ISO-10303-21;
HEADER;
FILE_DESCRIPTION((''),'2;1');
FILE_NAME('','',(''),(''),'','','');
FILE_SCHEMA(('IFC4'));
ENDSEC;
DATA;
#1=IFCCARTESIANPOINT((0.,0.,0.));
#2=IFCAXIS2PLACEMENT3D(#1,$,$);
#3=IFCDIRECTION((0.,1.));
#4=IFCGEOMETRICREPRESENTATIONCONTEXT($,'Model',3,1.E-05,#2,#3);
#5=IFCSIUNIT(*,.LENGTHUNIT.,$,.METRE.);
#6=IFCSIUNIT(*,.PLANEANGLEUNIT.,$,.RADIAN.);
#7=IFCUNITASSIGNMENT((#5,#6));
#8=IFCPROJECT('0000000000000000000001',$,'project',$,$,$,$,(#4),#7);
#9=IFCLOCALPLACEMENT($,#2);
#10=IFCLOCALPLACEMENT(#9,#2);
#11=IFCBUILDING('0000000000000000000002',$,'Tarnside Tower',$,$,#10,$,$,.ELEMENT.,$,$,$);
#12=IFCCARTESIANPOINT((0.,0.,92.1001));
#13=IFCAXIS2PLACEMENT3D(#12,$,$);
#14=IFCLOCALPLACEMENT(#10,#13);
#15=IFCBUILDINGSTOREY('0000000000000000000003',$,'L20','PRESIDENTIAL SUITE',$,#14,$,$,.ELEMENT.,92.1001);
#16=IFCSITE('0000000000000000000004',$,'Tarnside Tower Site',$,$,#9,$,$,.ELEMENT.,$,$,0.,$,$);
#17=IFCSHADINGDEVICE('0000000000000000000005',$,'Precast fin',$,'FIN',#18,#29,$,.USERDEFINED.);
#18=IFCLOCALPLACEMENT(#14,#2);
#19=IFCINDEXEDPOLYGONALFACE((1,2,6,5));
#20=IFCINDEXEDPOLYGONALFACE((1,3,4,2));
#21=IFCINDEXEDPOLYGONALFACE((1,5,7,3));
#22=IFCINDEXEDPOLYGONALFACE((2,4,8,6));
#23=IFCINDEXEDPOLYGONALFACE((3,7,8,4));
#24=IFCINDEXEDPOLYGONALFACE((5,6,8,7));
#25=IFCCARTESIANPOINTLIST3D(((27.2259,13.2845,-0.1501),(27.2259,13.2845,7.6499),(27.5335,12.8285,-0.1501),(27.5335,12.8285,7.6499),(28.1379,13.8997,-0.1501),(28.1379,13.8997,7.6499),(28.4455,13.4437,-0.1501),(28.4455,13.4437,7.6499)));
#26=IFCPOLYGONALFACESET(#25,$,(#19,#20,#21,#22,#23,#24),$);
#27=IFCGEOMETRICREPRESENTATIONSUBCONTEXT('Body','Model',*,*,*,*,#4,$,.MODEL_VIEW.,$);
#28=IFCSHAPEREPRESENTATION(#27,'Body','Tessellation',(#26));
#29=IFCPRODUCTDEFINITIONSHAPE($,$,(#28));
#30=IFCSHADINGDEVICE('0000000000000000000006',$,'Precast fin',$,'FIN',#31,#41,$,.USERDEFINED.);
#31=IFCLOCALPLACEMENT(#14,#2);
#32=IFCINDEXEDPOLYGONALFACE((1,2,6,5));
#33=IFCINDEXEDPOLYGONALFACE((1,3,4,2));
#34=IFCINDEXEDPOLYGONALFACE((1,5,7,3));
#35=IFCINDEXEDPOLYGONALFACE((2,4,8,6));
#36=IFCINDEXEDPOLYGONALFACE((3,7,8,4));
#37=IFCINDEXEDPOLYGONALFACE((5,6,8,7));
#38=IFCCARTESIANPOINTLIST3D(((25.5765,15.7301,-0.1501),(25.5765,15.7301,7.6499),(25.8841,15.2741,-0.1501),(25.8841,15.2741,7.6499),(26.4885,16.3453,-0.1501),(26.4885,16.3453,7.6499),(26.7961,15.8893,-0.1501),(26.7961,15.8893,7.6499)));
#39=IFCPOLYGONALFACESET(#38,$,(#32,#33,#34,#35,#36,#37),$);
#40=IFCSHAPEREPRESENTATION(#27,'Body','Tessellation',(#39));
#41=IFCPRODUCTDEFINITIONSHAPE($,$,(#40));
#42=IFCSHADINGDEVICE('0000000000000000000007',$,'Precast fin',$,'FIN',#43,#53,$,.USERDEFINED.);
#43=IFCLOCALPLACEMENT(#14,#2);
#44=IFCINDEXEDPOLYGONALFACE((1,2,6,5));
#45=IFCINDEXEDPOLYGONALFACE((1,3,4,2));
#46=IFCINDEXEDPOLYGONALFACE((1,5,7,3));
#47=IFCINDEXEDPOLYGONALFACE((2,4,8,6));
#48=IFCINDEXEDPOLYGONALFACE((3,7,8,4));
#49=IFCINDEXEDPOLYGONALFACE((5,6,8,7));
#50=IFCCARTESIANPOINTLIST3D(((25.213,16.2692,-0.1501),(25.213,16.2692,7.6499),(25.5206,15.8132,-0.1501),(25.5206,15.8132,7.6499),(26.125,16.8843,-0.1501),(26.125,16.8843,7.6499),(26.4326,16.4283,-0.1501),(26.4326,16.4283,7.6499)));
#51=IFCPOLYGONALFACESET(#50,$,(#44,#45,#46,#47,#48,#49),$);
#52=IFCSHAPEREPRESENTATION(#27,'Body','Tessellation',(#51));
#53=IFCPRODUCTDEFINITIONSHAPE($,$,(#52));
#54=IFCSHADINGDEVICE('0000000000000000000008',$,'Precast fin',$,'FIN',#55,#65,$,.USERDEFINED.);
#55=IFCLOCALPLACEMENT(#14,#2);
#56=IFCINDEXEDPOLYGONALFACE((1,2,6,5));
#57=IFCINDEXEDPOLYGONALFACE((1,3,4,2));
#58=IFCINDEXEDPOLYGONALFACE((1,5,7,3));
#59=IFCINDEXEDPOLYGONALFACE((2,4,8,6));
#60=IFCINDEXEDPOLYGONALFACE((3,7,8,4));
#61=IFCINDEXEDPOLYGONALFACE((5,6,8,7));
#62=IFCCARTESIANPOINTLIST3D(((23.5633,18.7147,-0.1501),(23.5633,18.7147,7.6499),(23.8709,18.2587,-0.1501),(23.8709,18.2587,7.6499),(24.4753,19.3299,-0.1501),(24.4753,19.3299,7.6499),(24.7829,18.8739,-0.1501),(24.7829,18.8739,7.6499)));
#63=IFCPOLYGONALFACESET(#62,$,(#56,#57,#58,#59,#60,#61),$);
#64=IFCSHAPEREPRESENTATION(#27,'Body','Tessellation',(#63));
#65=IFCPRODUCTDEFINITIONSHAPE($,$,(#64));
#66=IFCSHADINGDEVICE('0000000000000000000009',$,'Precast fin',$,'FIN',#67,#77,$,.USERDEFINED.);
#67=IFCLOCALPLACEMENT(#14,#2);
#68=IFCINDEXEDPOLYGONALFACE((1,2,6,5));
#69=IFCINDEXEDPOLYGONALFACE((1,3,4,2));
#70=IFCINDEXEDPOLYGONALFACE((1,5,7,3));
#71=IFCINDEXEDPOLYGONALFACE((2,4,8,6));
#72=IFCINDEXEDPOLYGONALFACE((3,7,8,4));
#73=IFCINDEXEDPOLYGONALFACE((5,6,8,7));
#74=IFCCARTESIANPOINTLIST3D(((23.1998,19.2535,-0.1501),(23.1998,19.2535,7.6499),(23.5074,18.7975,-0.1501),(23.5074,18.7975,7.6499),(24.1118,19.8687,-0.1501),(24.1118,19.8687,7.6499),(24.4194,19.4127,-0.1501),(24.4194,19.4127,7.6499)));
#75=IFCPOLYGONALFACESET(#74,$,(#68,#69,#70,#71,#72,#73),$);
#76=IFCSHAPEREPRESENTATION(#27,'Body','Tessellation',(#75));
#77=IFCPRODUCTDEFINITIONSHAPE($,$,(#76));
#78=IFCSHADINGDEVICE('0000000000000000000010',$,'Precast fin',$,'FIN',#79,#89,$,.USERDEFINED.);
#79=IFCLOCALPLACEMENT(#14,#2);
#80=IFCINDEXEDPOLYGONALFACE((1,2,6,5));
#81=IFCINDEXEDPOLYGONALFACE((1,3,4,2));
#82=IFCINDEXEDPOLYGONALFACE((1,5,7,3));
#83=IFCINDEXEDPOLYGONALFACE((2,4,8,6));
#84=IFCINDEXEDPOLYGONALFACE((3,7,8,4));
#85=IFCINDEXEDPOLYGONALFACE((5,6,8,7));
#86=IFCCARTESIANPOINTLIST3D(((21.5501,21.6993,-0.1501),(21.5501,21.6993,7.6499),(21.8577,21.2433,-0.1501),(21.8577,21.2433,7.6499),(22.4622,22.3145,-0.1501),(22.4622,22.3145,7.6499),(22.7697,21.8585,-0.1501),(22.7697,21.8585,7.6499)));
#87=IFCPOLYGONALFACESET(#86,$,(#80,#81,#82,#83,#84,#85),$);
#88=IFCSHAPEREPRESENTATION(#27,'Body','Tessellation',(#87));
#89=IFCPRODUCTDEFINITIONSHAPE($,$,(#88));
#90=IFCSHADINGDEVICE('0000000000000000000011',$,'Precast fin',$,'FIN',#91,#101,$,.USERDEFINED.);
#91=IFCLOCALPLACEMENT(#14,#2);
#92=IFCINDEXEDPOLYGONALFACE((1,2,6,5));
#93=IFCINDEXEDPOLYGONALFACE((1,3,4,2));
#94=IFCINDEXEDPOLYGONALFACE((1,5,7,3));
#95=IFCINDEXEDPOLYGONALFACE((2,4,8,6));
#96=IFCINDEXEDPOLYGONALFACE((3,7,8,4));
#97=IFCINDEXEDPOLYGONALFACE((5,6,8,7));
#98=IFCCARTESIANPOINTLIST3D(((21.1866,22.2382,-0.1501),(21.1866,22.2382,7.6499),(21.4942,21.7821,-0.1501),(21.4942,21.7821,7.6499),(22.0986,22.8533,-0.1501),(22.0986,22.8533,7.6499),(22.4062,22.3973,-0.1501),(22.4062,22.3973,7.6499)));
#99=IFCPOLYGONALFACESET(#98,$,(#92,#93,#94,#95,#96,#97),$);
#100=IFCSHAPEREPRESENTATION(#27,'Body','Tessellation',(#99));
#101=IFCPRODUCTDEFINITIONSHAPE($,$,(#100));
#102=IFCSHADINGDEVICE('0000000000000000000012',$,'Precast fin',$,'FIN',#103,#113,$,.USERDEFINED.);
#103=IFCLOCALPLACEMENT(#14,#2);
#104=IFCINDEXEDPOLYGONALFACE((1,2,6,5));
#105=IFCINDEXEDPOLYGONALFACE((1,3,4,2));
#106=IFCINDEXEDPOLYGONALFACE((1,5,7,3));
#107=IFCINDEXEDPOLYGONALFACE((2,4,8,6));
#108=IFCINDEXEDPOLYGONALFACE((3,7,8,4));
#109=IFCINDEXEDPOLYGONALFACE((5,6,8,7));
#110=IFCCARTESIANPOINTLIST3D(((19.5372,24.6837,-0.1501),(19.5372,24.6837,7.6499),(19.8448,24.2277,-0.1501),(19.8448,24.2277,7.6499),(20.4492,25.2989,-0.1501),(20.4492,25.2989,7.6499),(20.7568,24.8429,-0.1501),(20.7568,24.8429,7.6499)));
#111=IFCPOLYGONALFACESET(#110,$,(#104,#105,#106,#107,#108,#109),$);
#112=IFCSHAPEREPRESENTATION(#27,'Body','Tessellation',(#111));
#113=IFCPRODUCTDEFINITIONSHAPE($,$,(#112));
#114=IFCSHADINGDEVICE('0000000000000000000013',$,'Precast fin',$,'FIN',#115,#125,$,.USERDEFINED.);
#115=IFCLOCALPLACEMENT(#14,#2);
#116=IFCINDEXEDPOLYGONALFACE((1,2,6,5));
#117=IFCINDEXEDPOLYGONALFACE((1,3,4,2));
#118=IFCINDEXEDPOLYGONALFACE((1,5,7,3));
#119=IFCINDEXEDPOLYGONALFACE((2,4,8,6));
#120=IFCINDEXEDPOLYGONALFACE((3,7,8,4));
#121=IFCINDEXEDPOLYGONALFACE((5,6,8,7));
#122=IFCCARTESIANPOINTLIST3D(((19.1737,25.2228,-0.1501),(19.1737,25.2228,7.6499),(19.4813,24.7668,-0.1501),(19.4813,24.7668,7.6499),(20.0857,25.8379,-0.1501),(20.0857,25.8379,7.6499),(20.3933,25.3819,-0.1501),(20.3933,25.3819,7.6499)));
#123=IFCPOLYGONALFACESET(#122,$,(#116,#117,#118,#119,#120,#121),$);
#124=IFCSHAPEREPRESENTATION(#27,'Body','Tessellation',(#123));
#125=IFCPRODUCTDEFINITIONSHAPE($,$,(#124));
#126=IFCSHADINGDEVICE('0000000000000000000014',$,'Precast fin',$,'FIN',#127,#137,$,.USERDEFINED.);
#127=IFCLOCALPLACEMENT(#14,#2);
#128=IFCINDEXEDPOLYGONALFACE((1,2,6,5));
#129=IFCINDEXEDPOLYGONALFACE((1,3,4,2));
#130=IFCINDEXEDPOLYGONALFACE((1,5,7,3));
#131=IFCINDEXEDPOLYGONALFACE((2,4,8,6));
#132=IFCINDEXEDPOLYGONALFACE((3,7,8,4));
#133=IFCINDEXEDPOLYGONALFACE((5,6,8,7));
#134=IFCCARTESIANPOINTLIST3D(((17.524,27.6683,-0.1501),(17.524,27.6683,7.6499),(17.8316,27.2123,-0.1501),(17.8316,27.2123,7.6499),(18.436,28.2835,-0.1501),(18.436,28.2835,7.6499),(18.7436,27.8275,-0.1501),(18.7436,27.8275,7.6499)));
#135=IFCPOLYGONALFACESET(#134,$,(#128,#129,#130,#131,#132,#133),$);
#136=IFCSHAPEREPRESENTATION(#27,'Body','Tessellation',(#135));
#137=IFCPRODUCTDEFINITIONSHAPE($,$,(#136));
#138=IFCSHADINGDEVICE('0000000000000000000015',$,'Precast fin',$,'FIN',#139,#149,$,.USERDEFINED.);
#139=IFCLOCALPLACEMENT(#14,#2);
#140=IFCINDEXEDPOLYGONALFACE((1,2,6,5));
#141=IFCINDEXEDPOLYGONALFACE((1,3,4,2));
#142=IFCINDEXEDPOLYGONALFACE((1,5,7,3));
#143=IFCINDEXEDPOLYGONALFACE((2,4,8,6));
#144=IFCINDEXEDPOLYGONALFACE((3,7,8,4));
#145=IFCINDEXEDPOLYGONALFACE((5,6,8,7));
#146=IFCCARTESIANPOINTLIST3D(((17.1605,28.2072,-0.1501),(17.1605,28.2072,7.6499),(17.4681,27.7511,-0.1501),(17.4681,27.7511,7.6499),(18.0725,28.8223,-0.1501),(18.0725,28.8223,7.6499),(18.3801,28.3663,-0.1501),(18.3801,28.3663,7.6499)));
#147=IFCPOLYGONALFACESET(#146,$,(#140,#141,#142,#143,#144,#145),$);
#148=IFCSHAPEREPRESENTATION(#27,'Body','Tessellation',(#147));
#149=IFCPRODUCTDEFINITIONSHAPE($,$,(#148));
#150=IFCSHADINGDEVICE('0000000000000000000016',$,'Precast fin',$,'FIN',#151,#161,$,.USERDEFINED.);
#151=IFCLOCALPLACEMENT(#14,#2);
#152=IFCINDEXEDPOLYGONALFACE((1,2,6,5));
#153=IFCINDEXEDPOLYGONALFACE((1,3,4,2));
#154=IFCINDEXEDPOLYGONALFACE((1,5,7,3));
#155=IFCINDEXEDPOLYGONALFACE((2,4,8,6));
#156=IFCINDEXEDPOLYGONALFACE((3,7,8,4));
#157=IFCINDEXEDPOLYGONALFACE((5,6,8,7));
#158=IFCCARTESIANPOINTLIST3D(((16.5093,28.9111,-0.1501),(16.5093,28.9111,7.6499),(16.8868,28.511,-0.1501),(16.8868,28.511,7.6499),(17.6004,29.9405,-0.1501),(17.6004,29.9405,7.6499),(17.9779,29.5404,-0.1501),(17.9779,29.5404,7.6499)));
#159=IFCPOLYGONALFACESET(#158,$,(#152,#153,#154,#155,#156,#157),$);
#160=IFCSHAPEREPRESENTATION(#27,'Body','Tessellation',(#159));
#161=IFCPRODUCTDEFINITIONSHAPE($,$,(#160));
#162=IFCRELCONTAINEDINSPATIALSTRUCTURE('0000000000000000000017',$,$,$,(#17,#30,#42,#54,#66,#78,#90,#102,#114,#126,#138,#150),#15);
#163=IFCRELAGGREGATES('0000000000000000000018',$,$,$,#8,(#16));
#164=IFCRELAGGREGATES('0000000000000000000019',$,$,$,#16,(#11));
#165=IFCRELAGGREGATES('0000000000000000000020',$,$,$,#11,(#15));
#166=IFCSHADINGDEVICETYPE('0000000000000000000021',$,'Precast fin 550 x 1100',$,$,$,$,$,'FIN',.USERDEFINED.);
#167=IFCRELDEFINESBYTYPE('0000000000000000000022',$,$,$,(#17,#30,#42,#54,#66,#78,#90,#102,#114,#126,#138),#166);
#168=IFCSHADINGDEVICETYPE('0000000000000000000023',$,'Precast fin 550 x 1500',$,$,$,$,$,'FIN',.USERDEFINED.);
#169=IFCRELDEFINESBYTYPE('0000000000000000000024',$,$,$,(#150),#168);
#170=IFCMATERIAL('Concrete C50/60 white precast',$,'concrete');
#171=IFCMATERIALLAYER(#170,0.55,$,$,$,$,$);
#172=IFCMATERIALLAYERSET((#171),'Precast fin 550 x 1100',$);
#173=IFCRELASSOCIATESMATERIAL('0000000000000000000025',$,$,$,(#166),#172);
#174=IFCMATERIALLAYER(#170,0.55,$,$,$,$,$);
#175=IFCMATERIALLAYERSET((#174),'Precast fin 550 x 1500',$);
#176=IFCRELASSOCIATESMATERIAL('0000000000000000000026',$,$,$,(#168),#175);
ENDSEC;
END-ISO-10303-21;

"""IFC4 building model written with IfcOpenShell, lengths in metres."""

from ifc_helpers import new_model, si_unit, direction, frame, origin, place, context, subcontext, project, spatial, polyline, outline, extrude, material, layer, layer_set, type_object, element, save


model = new_model("IFC4")

# Units and contexts
model_context = context("Model", 3, precision=1e-05, world=origin(), true_north=direction((0.0, 1.0)))
body_context = subcontext(model_context, "Body", "Model", "MODEL_VIEW")
ifc_project = project(units=[si_unit("LENGTHUNIT", "METRE"), si_unit("PLANEANGLEUNIT", "RADIAN")], contexts=[model_context])

# Site, building, storey
site_placement = place(None, origin())
site = spatial("IfcSite", under=ifc_project, at=site_placement, Name="Tarnside Tower Site", CompositionType="ELEMENT", RefElevation=0.0)
building_placement = place(site_placement, origin())
building = spatial("IfcBuilding", under=site, at=building_placement, Name="Tarnside Tower", CompositionType="ELEMENT")
storey_placement = place(building_placement, frame((0.0, 0.0, 92.1001)))
storey = spatial("IfcBuildingStorey", under=building, at=storey_placement, Name="L20", Description="PRESIDENTIAL SUITE", CompositionType="ELEMENT", Elevation=92.1001)

# Shading devices
ifc_material_1 = material(Name="Concrete C50/60 white precast", Category="concrete")
ifc_layer_1 = layer(ifc_material_1, 0.55)
ifc_layer_set_1 = layer_set([ifc_layer_1], Name="Precast fin 550 x 1100")
shading_device_type_1 = type_object("IfcShadingDeviceType", Name="Precast fin 550 x 1100", ElementType="FIN", PredefinedType="USERDEFINED", material=ifc_layer_set_1)
for number, where, z_axis, x_axis, name in (
    (1, (27.3796, 13.0566, -0.1501), (0.559193, -0.829038, 0.0), (0.829038, 0.559193, 0.0), "Precast fin"),
    (2, (25.7302, 15.5022, -0.1501), (0.559193, -0.829038, 0.0), (0.829038, 0.559193, 0.0), "Precast fin"),
    (3, (25.3667, 16.0413, -0.1501), (0.559193, -0.829038, 0.0), (0.829038, 0.559193, 0.0), "Precast fin"),
    (4, (23.717, 18.4868, -0.1501), (0.559193, -0.829038, 0.0), (0.829038, 0.559193, 0.0), "Precast fin"),
    (5, (23.3535, 19.0256, -0.1501), (0.559193, -0.829038, 0.0), (0.829038, 0.559193, 0.0), "Precast fin"),
    (6, (21.7039, 21.4714, -0.1501), (0.559193, -0.829038, 0.0), (0.829038, 0.559193, 0.0), "Precast fin"),
    (7, (21.3403, 22.0103, -0.1501), (0.559193, -0.829038, 0.0), (0.829038, 0.559193, 0.0), "Precast fin"),
    (8, (19.6909, 24.4558, -0.1501), (0.559193, -0.829038, 0.0), (0.829038, 0.559193, 0.0), "Precast fin"),
    (9, (19.3274, 24.9949, -0.1501), (0.559193, -0.829038, 0.0), (0.829038, 0.559193, 0.0), "Precast fin"),
    (10, (17.6777, 27.4404, -0.1501), (0.559193, -0.829038, 0.0), (0.829038, 0.559193, 0.0), "Precast fin"),
    (11, (17.3142, 27.9792, -0.1501), (0.559193, -0.829038, 0.0), (0.829038, 0.559193, 0.0), "Precast fin"),
):
    element("IfcShadingDevice", number, at=place(storey_placement, frame(where, z_axis=z_axis, x_axis=x_axis)), inside=storey, type_object=shading_device_type_1, Name=name, ObjectType="FIN", PredefinedType="USERDEFINED", context=body_context, shape_type="SweptSolid", body=[
        extrude(outline(polyline([(0.0, 0.0), (1.1001, 0.0), (1.1001, 7.8), (0.0, 7.8), (0.0, 0.0)])), frame((0.0, 0.0, -0.2749)), (0.0, 0.0, 1.0), 0.55),
    ])
ifc_layer_2 = layer(ifc_material_1, 0.55)
ifc_layer_set_2 = layer_set([ifc_layer_2], Name="Precast fin 550 x 1500")
shading_device_type_2 = type_object("IfcShadingDeviceType", Name="Precast fin 550 x 1500", ElementType="FIN", PredefinedType="USERDEFINED", material=ifc_layer_set_2)
shading_device_placement = place(storey_placement, frame((16.698, 28.7112, -0.1501), z_axis=(0.686242, -0.727374, 0.0), x_axis=(0.727374, 0.686242, 0.0)))
element("IfcShadingDevice", 12, at=shading_device_placement, inside=storey, type_object=shading_device_type_2, Name="Precast fin", ObjectType="FIN", PredefinedType="USERDEFINED", context=body_context, shape_type="SweptSolid", body=[
    extrude(outline(polyline([(0.0, 0.0), (1.5, 0.0), (1.5, 7.8), (0.0, 7.8), (0.0, 0.0)])), frame((0.0, 0.0, -0.2749)), (0.0, 0.0, 1.0), 0.55),
])

save(model, "model.ifc")
